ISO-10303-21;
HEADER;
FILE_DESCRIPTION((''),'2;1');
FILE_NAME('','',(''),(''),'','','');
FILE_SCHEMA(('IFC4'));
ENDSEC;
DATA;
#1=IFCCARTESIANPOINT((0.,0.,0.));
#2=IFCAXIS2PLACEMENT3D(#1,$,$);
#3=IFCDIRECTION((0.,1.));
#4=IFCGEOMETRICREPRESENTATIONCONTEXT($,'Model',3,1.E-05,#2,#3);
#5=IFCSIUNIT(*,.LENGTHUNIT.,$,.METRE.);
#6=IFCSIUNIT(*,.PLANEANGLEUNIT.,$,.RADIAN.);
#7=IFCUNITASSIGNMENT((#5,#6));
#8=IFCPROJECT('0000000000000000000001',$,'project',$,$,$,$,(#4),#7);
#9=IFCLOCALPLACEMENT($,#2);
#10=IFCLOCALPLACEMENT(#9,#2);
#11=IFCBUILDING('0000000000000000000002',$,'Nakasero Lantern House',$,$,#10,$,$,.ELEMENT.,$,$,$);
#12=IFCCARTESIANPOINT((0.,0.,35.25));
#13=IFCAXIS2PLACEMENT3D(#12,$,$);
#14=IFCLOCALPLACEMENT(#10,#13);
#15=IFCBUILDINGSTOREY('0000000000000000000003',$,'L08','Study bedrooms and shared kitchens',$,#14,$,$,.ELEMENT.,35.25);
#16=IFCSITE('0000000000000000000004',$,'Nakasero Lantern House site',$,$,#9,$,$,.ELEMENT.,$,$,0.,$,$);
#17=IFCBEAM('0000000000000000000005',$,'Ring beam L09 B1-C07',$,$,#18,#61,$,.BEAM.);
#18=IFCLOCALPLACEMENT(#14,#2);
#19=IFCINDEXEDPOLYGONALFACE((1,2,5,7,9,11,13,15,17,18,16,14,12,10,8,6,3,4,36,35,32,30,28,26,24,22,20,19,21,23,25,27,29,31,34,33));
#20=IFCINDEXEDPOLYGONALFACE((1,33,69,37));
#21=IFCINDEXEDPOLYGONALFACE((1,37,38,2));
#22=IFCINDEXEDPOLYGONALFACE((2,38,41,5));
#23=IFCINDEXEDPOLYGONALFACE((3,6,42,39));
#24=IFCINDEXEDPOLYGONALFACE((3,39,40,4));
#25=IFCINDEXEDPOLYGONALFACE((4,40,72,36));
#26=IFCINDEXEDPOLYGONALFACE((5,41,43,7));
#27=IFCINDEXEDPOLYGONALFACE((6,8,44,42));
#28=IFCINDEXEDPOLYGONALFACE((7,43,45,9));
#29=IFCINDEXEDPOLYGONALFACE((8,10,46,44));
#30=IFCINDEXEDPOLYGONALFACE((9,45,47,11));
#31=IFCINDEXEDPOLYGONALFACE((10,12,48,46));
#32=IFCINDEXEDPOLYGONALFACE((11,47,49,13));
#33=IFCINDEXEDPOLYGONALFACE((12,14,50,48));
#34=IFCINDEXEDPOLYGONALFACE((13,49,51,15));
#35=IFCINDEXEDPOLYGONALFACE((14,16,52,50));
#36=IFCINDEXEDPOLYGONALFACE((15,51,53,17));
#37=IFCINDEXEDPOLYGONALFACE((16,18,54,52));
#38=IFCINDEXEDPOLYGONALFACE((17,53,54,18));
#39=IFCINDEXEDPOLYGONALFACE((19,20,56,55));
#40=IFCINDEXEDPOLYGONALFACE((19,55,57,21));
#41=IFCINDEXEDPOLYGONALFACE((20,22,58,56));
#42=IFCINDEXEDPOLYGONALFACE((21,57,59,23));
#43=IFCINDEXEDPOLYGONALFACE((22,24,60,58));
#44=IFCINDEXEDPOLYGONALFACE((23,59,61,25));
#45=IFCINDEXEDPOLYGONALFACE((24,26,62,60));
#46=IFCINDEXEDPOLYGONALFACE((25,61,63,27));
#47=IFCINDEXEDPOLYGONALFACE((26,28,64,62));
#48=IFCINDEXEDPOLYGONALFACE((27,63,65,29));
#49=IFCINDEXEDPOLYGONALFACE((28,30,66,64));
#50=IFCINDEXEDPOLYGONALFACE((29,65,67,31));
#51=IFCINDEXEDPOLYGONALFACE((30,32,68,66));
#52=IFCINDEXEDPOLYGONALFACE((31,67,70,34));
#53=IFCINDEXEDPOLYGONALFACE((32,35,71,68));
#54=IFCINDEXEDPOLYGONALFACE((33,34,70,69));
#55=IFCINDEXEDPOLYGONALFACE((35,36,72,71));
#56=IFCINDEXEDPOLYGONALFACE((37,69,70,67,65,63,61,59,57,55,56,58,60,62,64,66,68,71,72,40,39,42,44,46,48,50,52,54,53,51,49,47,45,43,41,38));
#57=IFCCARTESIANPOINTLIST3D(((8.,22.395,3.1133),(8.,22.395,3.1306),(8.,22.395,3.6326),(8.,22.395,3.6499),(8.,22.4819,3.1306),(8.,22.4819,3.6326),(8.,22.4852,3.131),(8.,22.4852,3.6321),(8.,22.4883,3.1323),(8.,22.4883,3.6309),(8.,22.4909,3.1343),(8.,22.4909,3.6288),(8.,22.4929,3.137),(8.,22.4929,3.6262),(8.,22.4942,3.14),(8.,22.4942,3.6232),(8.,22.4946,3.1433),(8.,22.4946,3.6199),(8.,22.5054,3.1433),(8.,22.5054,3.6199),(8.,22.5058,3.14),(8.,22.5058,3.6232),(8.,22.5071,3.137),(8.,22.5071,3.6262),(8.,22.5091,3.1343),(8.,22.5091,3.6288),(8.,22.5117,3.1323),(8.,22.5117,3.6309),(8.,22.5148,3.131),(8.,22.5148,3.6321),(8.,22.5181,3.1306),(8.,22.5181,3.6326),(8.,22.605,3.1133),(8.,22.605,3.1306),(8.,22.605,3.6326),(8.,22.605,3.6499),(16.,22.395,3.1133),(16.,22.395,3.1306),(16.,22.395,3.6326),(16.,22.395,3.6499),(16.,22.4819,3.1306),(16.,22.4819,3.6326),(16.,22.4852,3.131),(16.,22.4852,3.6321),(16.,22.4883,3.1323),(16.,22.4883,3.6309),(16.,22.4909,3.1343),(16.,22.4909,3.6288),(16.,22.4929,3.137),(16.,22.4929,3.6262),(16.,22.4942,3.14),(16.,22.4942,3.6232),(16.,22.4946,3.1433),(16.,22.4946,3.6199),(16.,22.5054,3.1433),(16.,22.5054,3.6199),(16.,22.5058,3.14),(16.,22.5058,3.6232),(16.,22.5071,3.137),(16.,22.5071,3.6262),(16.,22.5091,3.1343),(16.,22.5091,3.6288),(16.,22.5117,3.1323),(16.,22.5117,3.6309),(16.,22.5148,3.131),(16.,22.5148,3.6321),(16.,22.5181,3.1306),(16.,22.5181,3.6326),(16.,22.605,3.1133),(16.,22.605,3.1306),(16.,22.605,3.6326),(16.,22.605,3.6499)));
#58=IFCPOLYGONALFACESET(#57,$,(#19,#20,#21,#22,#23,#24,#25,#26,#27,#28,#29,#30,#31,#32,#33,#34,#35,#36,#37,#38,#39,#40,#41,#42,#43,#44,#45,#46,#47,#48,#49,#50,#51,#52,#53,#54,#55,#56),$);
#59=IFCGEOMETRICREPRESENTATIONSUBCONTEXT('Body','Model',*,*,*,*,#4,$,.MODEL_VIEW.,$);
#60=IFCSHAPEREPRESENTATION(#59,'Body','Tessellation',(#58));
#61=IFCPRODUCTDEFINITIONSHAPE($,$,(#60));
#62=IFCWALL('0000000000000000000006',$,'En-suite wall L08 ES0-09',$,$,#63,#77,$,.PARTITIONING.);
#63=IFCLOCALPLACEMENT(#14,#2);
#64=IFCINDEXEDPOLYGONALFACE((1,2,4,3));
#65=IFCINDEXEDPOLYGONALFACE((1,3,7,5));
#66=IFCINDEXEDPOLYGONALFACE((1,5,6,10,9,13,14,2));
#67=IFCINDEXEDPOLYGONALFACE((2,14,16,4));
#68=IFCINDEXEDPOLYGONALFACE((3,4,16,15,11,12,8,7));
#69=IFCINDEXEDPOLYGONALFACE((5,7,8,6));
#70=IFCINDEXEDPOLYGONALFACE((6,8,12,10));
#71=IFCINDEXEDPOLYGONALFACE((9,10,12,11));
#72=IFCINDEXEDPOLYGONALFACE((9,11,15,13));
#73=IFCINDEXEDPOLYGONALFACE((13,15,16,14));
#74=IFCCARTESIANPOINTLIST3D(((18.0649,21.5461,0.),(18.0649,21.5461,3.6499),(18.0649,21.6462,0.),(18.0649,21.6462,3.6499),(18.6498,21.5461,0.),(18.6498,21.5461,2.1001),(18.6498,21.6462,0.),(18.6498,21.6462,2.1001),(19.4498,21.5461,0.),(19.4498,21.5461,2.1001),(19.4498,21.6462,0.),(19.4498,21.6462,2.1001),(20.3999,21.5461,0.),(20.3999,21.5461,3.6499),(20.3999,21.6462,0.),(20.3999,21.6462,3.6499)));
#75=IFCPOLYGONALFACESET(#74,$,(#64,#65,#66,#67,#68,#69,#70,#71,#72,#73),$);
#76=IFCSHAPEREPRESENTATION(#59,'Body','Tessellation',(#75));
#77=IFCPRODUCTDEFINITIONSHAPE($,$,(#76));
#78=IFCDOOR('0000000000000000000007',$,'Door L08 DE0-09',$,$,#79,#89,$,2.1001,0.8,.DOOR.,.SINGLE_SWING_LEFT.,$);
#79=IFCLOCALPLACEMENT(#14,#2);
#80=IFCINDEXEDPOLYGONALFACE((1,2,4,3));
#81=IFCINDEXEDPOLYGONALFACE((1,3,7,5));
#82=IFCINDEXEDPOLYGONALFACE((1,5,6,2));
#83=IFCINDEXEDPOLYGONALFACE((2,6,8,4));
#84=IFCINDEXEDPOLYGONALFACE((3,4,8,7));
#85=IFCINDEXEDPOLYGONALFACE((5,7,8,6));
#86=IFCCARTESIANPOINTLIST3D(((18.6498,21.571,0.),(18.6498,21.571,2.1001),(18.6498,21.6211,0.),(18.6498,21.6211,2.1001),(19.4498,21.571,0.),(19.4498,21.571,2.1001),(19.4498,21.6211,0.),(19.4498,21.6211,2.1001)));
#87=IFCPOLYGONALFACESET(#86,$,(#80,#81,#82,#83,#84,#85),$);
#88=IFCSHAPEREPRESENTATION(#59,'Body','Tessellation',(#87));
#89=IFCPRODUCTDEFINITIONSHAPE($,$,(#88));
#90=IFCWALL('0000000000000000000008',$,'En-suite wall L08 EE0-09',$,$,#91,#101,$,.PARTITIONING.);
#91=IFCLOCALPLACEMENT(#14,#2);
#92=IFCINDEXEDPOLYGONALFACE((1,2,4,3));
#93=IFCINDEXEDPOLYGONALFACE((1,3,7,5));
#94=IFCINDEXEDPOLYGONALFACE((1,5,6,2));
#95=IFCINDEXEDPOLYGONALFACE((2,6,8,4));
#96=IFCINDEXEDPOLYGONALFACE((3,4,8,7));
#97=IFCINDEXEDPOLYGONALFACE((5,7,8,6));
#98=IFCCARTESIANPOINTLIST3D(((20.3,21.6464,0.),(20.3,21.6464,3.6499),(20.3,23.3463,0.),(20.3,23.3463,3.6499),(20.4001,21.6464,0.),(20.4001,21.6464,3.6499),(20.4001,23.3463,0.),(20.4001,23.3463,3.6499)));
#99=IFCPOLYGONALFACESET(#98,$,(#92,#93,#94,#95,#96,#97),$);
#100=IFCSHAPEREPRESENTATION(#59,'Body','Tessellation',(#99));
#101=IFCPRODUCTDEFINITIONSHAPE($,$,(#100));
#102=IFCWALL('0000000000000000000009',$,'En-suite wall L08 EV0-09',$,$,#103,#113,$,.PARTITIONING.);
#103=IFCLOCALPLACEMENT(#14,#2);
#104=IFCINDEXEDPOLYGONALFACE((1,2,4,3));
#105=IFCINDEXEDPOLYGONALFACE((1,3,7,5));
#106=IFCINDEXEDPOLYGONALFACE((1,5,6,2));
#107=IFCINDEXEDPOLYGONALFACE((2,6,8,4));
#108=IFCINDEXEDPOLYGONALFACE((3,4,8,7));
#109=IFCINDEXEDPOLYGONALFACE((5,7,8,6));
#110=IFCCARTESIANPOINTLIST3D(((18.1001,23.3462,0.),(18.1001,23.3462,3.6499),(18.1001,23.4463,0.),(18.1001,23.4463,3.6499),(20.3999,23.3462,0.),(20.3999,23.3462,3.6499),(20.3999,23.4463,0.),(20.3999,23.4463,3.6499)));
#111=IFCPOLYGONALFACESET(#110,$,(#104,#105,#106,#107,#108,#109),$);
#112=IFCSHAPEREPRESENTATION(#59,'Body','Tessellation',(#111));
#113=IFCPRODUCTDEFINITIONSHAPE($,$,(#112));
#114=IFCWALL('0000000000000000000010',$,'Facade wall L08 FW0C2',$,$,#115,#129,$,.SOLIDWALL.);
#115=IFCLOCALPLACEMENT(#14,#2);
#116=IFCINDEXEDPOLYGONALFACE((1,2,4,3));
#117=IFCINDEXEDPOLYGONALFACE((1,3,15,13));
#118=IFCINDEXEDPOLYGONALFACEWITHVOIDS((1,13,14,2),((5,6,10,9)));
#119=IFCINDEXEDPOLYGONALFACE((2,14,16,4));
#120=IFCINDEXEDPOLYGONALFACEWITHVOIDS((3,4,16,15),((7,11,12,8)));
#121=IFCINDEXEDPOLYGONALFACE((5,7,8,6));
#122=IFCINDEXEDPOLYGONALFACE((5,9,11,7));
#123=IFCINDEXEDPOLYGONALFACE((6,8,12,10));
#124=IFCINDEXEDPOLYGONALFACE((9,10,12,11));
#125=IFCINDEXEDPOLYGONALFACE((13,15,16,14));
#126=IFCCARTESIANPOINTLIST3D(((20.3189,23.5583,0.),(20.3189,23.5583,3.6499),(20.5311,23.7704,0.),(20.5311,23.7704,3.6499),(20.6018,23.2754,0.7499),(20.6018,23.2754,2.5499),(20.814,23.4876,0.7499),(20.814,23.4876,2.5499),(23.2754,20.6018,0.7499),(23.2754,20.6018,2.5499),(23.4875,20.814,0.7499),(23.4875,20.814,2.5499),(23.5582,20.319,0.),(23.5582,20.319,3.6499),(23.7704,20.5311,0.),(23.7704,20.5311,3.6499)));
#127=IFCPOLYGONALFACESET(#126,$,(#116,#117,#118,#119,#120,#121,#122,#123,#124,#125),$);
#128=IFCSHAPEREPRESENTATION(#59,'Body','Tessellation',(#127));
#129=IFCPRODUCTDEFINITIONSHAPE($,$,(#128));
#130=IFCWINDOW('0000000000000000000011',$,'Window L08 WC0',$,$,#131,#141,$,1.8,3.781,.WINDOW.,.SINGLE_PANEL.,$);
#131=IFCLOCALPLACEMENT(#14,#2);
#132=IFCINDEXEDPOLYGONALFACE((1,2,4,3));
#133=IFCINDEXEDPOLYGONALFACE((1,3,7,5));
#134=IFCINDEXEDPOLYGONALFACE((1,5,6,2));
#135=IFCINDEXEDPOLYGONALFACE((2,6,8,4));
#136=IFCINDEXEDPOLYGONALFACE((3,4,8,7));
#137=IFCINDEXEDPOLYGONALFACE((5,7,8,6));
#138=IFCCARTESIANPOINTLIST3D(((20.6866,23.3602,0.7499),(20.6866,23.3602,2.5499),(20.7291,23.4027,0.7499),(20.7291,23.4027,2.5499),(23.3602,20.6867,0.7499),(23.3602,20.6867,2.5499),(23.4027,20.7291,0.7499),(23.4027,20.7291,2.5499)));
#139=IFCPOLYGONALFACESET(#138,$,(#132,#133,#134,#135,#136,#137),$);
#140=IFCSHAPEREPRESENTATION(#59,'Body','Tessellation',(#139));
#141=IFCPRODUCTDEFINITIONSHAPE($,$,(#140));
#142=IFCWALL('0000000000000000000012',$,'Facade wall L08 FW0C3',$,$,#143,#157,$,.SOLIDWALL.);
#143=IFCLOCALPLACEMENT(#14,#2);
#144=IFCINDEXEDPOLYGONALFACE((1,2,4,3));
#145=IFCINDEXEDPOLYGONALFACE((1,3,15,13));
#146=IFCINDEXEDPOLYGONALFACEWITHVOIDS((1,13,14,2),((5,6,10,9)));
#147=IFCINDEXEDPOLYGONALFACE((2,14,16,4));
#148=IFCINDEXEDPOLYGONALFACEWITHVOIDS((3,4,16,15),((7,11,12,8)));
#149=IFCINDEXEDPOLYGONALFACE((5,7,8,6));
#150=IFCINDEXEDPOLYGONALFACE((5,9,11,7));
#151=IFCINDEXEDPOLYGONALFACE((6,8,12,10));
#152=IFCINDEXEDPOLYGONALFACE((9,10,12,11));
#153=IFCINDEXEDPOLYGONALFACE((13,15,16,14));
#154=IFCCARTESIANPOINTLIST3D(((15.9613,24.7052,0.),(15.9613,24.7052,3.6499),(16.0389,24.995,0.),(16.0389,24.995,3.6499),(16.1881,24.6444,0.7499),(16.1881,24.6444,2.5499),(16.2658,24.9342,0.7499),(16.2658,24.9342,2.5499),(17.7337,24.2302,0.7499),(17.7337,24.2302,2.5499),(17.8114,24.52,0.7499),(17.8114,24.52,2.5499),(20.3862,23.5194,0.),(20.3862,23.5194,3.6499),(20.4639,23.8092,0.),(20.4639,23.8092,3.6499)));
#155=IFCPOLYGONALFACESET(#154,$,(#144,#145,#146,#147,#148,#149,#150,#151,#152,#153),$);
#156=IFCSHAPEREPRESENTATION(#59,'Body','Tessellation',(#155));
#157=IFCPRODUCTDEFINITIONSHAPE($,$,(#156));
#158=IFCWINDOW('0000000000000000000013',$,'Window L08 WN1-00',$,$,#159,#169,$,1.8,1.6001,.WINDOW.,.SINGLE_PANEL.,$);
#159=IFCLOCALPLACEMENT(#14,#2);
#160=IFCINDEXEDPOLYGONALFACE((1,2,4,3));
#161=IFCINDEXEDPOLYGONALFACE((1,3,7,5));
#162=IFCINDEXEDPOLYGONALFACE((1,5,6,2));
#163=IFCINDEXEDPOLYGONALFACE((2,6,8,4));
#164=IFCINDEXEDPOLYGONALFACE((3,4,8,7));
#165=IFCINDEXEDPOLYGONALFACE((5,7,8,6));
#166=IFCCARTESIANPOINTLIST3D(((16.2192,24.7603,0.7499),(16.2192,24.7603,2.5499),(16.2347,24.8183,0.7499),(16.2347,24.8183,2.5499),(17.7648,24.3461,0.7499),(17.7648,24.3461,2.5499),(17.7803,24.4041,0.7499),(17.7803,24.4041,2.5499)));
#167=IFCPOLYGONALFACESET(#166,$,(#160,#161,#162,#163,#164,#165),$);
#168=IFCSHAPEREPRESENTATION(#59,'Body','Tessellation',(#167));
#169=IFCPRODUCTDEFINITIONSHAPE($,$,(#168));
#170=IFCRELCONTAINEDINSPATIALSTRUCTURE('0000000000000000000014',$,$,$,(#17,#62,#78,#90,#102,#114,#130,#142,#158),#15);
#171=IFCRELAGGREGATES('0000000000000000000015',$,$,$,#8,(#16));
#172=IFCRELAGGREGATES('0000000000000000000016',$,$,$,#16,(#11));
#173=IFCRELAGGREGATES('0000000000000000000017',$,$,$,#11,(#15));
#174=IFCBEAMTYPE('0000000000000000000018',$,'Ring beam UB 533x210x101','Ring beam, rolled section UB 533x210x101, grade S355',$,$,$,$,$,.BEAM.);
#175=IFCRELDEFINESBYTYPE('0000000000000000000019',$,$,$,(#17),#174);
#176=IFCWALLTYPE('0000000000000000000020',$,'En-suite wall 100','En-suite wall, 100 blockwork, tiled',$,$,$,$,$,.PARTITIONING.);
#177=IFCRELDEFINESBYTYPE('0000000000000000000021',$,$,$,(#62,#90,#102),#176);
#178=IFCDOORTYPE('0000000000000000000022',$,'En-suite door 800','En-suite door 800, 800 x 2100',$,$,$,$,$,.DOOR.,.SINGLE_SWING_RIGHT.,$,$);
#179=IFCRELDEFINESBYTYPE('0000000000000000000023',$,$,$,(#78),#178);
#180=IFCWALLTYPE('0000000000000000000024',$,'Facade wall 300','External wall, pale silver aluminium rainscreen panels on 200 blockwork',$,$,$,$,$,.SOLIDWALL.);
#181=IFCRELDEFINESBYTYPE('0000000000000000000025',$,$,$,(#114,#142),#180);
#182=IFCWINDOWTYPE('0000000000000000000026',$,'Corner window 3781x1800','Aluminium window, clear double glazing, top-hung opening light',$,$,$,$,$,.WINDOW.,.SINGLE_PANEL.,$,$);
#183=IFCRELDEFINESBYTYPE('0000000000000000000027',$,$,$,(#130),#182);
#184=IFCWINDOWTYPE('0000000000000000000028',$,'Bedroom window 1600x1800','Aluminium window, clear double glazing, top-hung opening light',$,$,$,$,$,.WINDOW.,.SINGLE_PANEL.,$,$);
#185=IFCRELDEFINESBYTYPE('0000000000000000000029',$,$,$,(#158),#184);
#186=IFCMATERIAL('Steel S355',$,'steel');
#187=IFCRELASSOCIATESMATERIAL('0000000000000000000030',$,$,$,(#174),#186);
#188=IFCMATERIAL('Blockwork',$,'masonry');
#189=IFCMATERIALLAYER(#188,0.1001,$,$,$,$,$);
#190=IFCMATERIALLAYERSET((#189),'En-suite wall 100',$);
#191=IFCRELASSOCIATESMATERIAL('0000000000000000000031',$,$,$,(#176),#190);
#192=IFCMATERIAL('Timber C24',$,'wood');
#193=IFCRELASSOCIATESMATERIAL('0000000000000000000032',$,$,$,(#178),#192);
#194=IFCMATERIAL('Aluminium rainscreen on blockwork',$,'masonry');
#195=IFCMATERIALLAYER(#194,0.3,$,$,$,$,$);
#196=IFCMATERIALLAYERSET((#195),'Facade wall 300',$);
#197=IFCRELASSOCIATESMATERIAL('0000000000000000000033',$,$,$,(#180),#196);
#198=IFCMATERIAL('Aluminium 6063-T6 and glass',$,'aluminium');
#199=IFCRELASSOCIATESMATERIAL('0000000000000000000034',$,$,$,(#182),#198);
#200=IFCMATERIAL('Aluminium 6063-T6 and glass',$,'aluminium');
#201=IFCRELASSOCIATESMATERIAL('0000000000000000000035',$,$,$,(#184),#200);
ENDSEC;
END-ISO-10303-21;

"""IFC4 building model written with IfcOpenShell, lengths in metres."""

from ifc_helpers import new_model, si_unit, direction, frame, frame_2d, origin, origin_2d, place, context, subcontext, project, spatial, rectangle, i_section, extrude, material, layer, layer_set, material_profile, profile_set, type_object, element, fill, save


model = new_model("IFC4")

# Units and contexts
model_context = context("Model", 3, precision=1e-05, world=origin(), true_north=direction((0.0, 1.0)))
body_context = subcontext(model_context, "Body", "Model", "MODEL_VIEW")
ifc_project = project(units=[si_unit("LENGTHUNIT", "METRE"), si_unit("PLANEANGLEUNIT", "RADIAN")], contexts=[model_context])

# Site, building, storey
site_placement = place(None, origin())
site = spatial("IfcSite", under=ifc_project, at=site_placement, Name="Nakasero Lantern House site", CompositionType="ELEMENT", RefElevation=0.0)
building_placement = place(site_placement, origin())
building = spatial("IfcBuilding", under=site, at=building_placement, Name="Nakasero Lantern House", CompositionType="ELEMENT")
storey_placement = place(building_placement, frame((0.0, 0.0, 35.25)))
storey = spatial("IfcBuildingStorey", under=building, at=storey_placement, Name="L08", Description="Study bedrooms and shared kitchens", CompositionType="ELEMENT", Elevation=35.25)

# Beam
ifc_material_1 = material(Name="Steel S355", Category="steel")
ifc_material_profile_1 = material_profile(ifc_material_1, i_section(OverallWidth=0.21, OverallDepth=0.5366, WebThickness=0.0107, FlangeThickness=0.0173, FilletRadius=0.0127, at=origin_2d()), Name="UB 533x210x101")
ifc_profile_set_1 = profile_set([ifc_material_profile_1], Name="Steel S355")
beam_type_1 = type_object("IfcBeamType", Name="Ring beam UB 533x210x101", Description="Ring beam, rolled section UB 533x210x101, grade S355", PredefinedType="BEAM", material=ifc_profile_set_1)
beam_1_placement = place(storey_placement, frame((16.0, 22.5, 3.3816), z_axis=(-1.0, 0.0, 0.0), x_axis=(0.0, -1.0, 0.0)))
element("IfcBeam", 1, at=beam_1_placement, inside=storey, type_object=beam_type_1, Name="Ring beam L09 B1-C07", PredefinedType="BEAM", context=body_context, shape_type="SweptSolid", body=[
    extrude(i_section(OverallWidth=0.21, OverallDepth=0.5366, WebThickness=0.0107, FlangeThickness=0.0173, FilletRadius=0.0127, at=origin_2d()), origin(), (0.0, 0.0, 1.0), 8.0),
])

# Wall, opening, door
ifc_material_2 = material(Name="Blockwork", Category="masonry")
ifc_layer_1 = layer(ifc_material_2, 0.1001)
ifc_layer_set_1 = layer_set([ifc_layer_1], Name="En-suite wall 100")
wall_type_1 = type_object("IfcWallType", Name="En-suite wall 100", Description="En-suite wall, 100 blockwork, tiled", PredefinedType="PARTITIONING", material=ifc_layer_set_1)
wall_1_placement = place(storey_placement, frame((18.0649, 21.5962, 0.0), z_axis=(0.0, 0.0, 1.0), x_axis=(1.0, 0.0, 0.0)))
wall_1 = element("IfcWall", 2, at=wall_1_placement, inside=storey, type_object=wall_type_1, Name="En-suite wall L08 ES0-09", PredefinedType="PARTITIONING", context=body_context, shape_type="SweptSolid", body=[
    extrude(rectangle(XDim=2.335, YDim=0.1001, at=frame_2d((1.1675, 0.0))), origin(), (0.0, 0.0, 1.0), 3.6499),
])
opening_1_placement = place(wall_1_placement, frame((0.585, 0.0, 0.0)))
opening_1 = element("IfcOpeningElement", 3, at=opening_1_placement, cuts=wall_1, PredefinedType="OPENING", context=body_context, shape_type="SweptSolid", body=[
    extrude(rectangle(XDim=0.8, YDim=2.1001, at=frame_2d((0.3999, 1.05))), frame((0.0, 0.0701, 0.0), z_axis=(0.0, -1.0, 0.0), x_axis=(1.0, 0.0, 0.0)), (0.0, 0.0, 1.0), 0.1401),
])
ifc_material_3 = material(Name="Timber C24", Category="wood")
door_type_1 = type_object("IfcDoorType", Name="En-suite door 800", Description="En-suite door 800, 800 x 2100", OperationType="SINGLE_SWING_RIGHT", PredefinedType="DOOR", material=ifc_material_3)
door_1_placement = place(opening_1_placement, origin())
door_1 = element("IfcDoor", 4, at=door_1_placement, inside=storey, type_object=door_type_1, Name="Door L08 DE0-09", OperationType="SINGLE_SWING_LEFT", OverallHeight=2.1001, OverallWidth=0.8, PredefinedType="DOOR", context=body_context, shape_type="SweptSolid", body=[
    extrude(rectangle(XDim=0.8, YDim=2.1001, at=frame_2d((0.3999, 1.05))), frame((0.0, 0.0249, 0.0), z_axis=(0.0, -1.0, 0.0), x_axis=(1.0, 0.0, 0.0)), (0.0, 0.0, 1.0), 0.05),
])
fill(opening_1, door_1)

# Walls
wall_2_placement = place(storey_placement, frame((20.3501, 21.6462, 0.0), z_axis=(0.0, 0.0, 1.0), x_axis=(0.0, 1.0, 0.0)))
element("IfcWall", 5, at=wall_2_placement, inside=storey, type_object=wall_type_1, Name="En-suite wall L08 EE0-09", PredefinedType="PARTITIONING", context=body_context, shape_type="SweptSolid", body=[
    extrude(rectangle(XDim=1.7, YDim=0.1001, at=frame_2d((0.8501, 0.0))), origin(), (0.0, 0.0, 1.0), 3.6499),
])
wall_3_placement = place(storey_placement, frame((18.1001, 23.3962, 0.0), z_axis=(0.0, 0.0, 1.0), x_axis=(1.0, 0.0, 0.0)))
element("IfcWall", 6, at=wall_3_placement, inside=storey, type_object=wall_type_1, Name="En-suite wall L08 EV0-09", PredefinedType="PARTITIONING", context=body_context, shape_type="SweptSolid", body=[
    extrude(rectangle(XDim=2.2998, YDim=0.1001, at=frame_2d((1.1499, 0.0))), origin(), (0.0, 0.0, 1.0), 3.6499),
])

# Walls, openings, windows
ifc_material_4 = material(Name="Aluminium rainscreen on blockwork", Category="masonry")
ifc_layer_2 = layer(ifc_material_4, 0.3)
ifc_layer_set_2 = layer_set([ifc_layer_2], Name="Facade wall 300")
wall_type_2 = type_object("IfcWallType", Name="Facade wall 300", Description="External wall, pale silver aluminium rainscreen panels on 200 blockwork", PredefinedType="SOLIDWALL", material=ifc_layer_set_2)
wall_4_placement = place(storey_placement, frame((23.6643, 20.425, 0.0), z_axis=(0.0, 0.0, 1.0), x_axis=(-0.707107, 0.707107, 0.0)))
wall_4 = element("IfcWall", 7, at=wall_4_placement, inside=storey, type_object=wall_type_2, Name="Facade wall L08 FW0C2", PredefinedType="SOLIDWALL", context=body_context, shape_type="SweptSolid", body=[
    extrude(rectangle(XDim=4.5811, YDim=0.3, at=frame_2d((2.2905, 0.0))), origin(), (0.0, 0.0, 1.0), 3.6499),
])
opening_2_placement = place(wall_4_placement, frame((0.3999, 0.0, 0.75)))
opening_2 = element("IfcOpeningElement", 8, at=opening_2_placement, cuts=wall_4, PredefinedType="OPENING", context=body_context, shape_type="SweptSolid", body=[
    extrude(rectangle(XDim=3.781, YDim=1.8, at=frame_2d((1.8906, 0.8999))), frame((0.0, 0.1699, 0.0), z_axis=(0.0, -1.0, 0.0), x_axis=(1.0, 0.0, 0.0)), (0.0, 0.0, 1.0), 0.3401),
])
ifc_material_5 = material(Name="Aluminium 6063-T6 and glass", Category="aluminium")
window_type_1 = type_object("IfcWindowType", Name="Corner window 3781x1800", Description="Aluminium window, clear double glazing, top-hung opening light", PartitioningType="SINGLE_PANEL", PredefinedType="WINDOW", material=ifc_material_5)
window_1_placement = place(opening_2_placement, origin())
window_1 = element("IfcWindow", 9, at=window_1_placement, inside=storey, type_object=window_type_1, Name="Window L08 WC0", OverallHeight=1.8, OverallWidth=3.781, PartitioningType="SINGLE_PANEL", PredefinedType="WINDOW", context=body_context, shape_type="SweptSolid", body=[
    extrude(rectangle(XDim=3.781, YDim=1.8, at=frame_2d((1.8906, 0.8999))), frame((0.0, 0.03, 0.0), z_axis=(0.0, -1.0, 0.0), x_axis=(1.0, 0.0, 0.0)), (0.0, 0.0, 1.0), 0.0601),
])
fill(opening_2, window_1)
wall_5_placement = place(storey_placement, frame((20.425, 23.6643, 0.0), z_axis=(0.0, 0.0, 1.0), x_axis=(-0.96592, 0.25884, 0.0)))
wall_5 = element("IfcWall", 10, at=wall_5_placement, inside=storey, type_object=wall_type_2, Name="Facade wall L08 FW0C3", PredefinedType="SOLIDWALL", context=body_context, shape_type="SweptSolid", body=[
    extrude(rectangle(XDim=4.5811, YDim=0.3, at=frame_2d((2.2905, 0.0))), origin(), (0.0, 0.0, 1.0), 3.6499),
])
opening_3_placement = place(wall_5_placement, frame((2.7461, 0.0, 0.75)))
opening_3 = element("IfcOpeningElement", 11, at=opening_3_placement, cuts=wall_5, PredefinedType="OPENING", context=body_context, shape_type="SweptSolid", body=[
    extrude(rectangle(XDim=1.6001, YDim=1.8, at=frame_2d((0.8, 0.8999))), frame((0.0, 0.1699, 0.0), z_axis=(0.0, -1.0, 0.0), x_axis=(1.0, 0.0, 0.0)), (0.0, 0.0, 1.0), 0.3401),
])
ifc_material_6 = material(Name="Aluminium 6063-T6 and glass", Category="aluminium")
window_type_2 = type_object("IfcWindowType", Name="Bedroom window 1600x1800", Description="Aluminium window, clear double glazing, top-hung opening light", PartitioningType="SINGLE_PANEL", PredefinedType="WINDOW", material=ifc_material_6)
window_2_placement = place(opening_3_placement, origin())
window_2 = element("IfcWindow", 12, at=window_2_placement, inside=storey, type_object=window_type_2, Name="Window L08 WN1-00", OverallHeight=1.8, OverallWidth=1.6001, PartitioningType="SINGLE_PANEL", PredefinedType="WINDOW", context=body_context, shape_type="SweptSolid", body=[
    extrude(rectangle(XDim=1.6001, YDim=1.8, at=frame_2d((0.8, 0.8999))), frame((0.0, 0.03, 0.0), z_axis=(0.0, -1.0, 0.0), x_axis=(1.0, 0.0, 0.0)), (0.0, 0.0, 1.0), 0.0601),
])
fill(opening_3, window_2)

save(model, "model.ifc")
